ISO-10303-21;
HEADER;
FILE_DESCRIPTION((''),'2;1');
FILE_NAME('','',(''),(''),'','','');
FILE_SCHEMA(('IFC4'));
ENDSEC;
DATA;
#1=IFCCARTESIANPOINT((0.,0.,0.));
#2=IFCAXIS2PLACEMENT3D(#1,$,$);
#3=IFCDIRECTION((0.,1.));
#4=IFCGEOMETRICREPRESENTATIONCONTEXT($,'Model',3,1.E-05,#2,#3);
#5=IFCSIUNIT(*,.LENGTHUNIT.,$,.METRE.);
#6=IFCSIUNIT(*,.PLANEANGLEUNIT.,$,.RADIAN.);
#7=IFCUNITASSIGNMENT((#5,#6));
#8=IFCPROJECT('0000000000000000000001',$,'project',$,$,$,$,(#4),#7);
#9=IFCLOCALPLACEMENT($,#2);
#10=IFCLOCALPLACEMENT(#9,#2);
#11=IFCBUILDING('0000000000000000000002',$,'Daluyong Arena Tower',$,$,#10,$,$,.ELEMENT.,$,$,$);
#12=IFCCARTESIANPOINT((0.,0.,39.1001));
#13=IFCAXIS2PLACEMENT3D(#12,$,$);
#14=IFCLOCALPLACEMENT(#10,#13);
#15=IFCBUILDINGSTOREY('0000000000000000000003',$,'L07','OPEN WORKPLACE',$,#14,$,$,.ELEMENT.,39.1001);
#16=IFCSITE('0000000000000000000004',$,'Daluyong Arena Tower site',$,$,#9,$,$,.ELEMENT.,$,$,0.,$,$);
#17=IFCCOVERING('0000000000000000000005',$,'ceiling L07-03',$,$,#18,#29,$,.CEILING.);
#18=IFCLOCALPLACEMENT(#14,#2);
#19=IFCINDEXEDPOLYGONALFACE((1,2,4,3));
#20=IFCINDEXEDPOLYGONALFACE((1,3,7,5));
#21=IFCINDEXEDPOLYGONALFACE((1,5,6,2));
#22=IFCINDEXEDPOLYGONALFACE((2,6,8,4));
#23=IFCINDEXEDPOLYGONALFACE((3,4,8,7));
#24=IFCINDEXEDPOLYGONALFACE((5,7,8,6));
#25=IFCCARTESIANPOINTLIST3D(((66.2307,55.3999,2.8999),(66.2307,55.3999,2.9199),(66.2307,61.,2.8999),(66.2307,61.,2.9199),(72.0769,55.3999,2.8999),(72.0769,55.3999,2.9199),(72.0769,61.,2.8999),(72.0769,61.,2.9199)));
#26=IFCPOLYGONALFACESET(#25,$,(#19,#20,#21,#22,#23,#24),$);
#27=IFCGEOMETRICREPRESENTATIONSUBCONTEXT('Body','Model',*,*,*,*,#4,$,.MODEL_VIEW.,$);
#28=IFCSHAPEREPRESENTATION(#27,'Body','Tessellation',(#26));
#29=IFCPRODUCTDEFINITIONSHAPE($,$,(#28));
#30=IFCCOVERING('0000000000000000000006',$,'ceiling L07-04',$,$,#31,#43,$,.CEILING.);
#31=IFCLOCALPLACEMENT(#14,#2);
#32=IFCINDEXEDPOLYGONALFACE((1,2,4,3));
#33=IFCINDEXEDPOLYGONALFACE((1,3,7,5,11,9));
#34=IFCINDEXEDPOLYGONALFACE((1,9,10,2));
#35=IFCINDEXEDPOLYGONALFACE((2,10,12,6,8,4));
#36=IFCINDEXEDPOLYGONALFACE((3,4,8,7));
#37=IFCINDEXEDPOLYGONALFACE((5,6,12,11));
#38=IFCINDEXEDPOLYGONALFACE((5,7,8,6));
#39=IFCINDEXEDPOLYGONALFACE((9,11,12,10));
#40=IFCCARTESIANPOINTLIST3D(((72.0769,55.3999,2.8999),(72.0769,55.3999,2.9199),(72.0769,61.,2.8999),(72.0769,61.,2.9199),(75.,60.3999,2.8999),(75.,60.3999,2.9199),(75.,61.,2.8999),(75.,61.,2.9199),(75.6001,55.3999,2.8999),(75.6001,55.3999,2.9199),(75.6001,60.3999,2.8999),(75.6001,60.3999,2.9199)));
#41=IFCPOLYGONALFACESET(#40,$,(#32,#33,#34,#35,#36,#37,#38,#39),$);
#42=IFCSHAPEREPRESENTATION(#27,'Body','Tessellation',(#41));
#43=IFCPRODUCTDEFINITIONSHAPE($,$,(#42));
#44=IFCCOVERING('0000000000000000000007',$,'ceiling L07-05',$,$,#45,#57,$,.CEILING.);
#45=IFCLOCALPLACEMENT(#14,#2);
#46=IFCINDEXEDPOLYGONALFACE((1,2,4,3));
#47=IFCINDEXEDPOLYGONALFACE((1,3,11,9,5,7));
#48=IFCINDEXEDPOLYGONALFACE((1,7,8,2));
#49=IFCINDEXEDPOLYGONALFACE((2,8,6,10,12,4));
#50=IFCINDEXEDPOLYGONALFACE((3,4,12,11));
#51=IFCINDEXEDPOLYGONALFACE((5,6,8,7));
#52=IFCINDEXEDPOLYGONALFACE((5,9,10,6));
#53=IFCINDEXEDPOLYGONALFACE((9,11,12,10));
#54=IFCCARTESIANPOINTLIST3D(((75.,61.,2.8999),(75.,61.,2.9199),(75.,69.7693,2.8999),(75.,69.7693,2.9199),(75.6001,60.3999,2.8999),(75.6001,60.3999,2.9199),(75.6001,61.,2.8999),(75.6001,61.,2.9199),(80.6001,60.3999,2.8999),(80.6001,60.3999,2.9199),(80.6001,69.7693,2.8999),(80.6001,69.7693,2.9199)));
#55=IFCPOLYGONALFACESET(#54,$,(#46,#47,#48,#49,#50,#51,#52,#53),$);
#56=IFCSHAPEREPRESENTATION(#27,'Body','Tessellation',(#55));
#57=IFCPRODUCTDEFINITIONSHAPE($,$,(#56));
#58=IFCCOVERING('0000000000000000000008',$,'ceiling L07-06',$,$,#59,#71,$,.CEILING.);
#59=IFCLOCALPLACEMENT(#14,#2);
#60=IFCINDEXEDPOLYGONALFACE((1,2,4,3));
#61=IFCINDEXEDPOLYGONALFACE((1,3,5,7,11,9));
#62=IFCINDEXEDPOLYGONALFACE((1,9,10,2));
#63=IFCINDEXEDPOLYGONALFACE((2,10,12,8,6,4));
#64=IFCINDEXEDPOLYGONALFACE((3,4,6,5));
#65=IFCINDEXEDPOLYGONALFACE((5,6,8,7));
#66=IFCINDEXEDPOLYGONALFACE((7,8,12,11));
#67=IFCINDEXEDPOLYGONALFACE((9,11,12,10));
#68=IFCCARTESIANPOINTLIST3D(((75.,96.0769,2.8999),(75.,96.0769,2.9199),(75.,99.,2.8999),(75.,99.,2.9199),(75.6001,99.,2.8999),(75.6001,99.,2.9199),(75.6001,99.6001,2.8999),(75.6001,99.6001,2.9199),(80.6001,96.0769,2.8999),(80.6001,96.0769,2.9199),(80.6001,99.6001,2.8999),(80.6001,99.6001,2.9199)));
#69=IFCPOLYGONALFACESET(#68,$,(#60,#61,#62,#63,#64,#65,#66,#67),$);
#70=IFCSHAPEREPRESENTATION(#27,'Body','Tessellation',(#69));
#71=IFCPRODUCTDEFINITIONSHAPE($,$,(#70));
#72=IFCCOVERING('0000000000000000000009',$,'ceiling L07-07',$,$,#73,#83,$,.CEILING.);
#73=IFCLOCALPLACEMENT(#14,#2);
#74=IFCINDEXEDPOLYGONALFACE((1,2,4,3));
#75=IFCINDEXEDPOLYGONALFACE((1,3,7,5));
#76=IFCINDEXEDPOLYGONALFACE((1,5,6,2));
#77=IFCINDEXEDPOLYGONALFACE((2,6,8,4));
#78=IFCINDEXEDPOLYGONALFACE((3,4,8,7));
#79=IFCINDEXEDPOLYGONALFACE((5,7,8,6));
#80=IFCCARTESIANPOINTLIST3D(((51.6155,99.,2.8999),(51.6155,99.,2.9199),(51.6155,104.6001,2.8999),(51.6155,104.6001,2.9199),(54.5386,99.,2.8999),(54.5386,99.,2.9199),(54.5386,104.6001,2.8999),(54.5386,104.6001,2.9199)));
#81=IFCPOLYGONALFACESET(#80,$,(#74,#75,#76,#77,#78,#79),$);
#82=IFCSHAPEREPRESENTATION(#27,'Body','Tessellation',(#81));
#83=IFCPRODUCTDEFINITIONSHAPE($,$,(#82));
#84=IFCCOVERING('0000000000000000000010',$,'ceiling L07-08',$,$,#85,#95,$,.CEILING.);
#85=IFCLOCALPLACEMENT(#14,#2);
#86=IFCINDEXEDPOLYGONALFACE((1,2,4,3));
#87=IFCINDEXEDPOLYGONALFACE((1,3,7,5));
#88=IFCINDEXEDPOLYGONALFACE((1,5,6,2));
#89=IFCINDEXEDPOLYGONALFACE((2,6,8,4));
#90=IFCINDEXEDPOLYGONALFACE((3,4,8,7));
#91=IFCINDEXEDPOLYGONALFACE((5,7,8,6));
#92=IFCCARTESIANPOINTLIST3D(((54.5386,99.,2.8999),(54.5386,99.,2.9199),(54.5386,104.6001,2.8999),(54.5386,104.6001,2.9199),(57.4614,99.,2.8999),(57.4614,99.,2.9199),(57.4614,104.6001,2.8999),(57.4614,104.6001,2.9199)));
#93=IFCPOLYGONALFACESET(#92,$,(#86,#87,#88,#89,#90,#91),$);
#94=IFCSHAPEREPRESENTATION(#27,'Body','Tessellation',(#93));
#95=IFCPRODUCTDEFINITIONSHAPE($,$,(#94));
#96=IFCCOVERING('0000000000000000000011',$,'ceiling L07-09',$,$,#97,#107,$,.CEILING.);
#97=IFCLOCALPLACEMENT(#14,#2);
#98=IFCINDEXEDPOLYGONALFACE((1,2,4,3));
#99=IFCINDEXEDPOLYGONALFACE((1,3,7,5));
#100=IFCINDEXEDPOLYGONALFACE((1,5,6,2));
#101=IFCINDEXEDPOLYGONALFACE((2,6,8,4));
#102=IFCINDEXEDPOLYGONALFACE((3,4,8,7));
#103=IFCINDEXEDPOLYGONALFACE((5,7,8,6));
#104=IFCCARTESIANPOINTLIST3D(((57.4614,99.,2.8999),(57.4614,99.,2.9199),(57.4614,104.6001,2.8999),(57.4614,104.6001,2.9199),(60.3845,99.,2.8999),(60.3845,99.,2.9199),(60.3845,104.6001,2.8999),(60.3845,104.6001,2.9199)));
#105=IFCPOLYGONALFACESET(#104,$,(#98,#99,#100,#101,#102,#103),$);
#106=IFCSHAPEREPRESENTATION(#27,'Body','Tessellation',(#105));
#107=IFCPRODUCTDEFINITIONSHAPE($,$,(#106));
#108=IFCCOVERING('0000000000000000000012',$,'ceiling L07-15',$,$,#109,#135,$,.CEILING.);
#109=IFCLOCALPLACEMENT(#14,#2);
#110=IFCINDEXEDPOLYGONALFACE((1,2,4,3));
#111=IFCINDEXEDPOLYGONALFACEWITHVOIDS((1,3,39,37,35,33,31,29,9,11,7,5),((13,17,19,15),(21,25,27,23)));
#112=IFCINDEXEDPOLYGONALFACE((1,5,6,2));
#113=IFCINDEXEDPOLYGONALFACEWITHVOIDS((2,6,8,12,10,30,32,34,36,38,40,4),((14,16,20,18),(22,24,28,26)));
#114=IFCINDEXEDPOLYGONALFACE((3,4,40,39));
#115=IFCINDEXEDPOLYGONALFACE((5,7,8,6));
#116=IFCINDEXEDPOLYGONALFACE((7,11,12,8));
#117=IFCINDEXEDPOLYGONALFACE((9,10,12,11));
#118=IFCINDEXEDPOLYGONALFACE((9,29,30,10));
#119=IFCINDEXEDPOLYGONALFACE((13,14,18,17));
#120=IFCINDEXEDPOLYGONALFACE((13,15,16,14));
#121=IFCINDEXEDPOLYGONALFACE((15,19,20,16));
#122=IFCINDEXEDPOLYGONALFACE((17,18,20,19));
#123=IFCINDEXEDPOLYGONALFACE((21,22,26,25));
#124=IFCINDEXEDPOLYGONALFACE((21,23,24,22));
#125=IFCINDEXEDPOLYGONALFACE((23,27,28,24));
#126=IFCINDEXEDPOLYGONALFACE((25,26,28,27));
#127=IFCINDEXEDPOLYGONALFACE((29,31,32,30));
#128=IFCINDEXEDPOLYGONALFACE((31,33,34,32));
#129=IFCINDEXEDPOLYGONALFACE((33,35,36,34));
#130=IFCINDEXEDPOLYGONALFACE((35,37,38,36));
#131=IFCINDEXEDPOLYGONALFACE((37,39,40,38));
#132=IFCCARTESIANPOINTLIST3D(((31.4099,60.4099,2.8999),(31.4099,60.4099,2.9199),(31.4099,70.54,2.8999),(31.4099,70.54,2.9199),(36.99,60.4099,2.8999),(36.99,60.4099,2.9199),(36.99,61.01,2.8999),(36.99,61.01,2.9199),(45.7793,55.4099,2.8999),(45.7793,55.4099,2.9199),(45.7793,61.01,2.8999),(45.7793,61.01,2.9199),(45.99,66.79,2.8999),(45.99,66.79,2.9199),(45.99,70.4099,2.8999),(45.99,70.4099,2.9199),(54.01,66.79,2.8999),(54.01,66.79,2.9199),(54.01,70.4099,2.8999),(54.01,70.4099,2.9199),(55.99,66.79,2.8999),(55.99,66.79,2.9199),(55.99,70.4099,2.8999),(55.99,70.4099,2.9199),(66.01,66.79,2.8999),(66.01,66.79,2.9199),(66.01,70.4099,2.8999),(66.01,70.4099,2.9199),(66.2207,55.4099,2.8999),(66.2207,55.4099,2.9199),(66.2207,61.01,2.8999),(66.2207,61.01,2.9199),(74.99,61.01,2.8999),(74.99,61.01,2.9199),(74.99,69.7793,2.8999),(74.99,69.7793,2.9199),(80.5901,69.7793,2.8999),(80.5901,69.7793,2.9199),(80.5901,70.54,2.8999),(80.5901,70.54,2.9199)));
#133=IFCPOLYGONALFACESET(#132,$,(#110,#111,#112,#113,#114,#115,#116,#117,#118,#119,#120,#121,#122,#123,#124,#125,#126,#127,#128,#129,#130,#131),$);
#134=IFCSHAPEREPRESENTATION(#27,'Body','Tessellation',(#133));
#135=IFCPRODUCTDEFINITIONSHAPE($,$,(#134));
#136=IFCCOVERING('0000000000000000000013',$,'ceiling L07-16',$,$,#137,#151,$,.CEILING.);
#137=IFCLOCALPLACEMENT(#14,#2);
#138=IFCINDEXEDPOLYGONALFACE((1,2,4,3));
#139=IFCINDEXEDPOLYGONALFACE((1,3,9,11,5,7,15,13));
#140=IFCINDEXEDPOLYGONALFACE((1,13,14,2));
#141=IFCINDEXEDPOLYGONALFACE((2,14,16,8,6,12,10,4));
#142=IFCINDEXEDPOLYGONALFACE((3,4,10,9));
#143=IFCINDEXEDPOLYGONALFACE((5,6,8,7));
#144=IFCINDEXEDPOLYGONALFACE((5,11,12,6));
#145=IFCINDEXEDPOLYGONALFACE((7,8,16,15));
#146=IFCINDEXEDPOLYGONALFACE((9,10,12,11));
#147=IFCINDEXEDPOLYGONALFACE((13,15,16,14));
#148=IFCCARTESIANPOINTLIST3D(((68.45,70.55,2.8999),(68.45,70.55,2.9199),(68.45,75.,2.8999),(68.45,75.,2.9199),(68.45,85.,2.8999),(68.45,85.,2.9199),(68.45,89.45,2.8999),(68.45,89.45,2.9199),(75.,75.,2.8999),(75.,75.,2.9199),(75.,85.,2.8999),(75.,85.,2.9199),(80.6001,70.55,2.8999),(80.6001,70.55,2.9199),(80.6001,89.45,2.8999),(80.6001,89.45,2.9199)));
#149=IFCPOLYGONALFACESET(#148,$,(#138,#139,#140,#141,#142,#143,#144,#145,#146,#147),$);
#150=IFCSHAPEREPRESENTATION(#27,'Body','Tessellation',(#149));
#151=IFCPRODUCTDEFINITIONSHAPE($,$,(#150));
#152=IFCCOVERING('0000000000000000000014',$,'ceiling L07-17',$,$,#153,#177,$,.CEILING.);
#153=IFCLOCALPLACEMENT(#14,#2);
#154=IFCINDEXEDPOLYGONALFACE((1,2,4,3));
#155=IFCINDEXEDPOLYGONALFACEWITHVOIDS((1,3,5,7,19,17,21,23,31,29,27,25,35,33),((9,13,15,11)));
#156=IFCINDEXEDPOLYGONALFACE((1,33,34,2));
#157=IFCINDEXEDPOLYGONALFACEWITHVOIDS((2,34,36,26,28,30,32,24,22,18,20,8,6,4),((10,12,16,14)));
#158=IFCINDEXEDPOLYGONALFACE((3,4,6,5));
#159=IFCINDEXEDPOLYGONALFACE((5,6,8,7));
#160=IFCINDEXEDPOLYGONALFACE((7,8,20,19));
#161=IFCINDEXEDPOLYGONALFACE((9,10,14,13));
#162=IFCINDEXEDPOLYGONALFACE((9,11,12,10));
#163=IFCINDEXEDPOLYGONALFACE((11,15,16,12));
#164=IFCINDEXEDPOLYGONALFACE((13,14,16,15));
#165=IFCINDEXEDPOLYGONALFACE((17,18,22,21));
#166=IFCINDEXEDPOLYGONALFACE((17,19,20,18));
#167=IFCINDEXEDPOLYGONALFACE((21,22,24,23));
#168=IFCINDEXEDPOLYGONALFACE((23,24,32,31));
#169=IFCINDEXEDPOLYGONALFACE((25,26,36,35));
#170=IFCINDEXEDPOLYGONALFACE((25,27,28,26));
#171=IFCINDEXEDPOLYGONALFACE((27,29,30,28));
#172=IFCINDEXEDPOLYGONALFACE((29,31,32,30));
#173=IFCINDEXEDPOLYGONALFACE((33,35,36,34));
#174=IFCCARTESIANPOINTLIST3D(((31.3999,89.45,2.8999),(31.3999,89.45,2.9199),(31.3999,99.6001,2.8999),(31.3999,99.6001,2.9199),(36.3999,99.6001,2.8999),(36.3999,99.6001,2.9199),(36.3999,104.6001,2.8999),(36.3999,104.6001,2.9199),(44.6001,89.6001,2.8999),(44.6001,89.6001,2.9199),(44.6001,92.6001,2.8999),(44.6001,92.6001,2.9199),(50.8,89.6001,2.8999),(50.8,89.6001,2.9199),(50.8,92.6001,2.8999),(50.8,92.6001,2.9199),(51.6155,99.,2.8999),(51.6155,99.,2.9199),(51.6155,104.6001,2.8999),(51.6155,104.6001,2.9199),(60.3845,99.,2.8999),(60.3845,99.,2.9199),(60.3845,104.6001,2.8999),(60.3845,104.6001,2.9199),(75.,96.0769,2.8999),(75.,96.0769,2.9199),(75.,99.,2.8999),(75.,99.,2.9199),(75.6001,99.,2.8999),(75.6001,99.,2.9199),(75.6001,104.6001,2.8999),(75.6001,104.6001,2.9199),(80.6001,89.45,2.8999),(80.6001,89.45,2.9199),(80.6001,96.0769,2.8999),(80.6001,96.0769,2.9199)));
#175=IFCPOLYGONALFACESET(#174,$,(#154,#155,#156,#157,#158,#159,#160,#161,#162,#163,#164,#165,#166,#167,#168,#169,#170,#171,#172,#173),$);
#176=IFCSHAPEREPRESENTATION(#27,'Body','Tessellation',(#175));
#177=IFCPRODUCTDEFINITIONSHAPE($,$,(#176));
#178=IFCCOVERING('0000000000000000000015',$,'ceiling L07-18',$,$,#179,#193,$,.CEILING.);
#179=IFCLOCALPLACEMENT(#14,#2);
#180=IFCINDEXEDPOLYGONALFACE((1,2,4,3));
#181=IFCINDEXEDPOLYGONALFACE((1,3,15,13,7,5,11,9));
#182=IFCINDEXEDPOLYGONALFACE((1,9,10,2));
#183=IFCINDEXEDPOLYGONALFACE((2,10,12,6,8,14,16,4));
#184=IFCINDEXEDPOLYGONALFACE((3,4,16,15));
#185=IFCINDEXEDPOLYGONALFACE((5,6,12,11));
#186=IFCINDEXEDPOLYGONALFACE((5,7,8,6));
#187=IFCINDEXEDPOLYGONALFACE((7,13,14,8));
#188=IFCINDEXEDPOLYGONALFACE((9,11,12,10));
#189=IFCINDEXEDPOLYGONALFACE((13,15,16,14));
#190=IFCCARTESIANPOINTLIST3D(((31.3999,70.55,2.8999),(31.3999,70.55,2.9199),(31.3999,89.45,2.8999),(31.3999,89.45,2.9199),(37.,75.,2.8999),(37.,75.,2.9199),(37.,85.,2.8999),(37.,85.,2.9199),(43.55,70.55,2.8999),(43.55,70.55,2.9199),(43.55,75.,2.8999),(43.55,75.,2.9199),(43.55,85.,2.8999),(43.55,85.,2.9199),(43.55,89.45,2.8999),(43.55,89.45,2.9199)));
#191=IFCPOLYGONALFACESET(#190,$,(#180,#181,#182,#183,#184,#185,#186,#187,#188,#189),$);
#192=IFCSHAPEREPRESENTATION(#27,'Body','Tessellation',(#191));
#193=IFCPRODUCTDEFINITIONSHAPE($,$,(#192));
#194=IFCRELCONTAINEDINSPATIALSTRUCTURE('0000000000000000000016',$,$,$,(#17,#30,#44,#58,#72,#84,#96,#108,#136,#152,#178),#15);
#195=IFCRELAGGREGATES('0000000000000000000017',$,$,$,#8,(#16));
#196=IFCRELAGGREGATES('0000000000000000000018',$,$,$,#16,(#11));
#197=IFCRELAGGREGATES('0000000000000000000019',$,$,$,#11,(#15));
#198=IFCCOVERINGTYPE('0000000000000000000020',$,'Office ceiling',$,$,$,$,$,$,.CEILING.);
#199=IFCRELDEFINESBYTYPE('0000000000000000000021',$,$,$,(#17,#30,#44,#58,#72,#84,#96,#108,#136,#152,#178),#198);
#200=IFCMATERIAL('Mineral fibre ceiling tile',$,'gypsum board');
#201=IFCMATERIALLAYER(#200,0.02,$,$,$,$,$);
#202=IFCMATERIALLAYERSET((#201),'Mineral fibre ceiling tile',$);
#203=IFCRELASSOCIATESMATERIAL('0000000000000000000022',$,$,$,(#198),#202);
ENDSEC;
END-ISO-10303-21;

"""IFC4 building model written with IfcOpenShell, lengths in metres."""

from ifc_helpers import new_model, si_unit, direction, frame, origin, place, context, subcontext, project, spatial, polyline, outline, extrude, material, layer, layer_set, type_object, element, save


model = new_model("IFC4")

# Units and contexts
model_context = context("Model", 3, precision=1e-05, world=origin(), true_north=direction((0.0, 1.0)))
body_context = subcontext(model_context, "Body", "Model", "MODEL_VIEW")
ifc_project = project(units=[si_unit("LENGTHUNIT", "METRE"), si_unit("PLANEANGLEUNIT", "RADIAN")], contexts=[model_context])

# Site, building, storey
site_placement = place(None, origin())
site = spatial("IfcSite", under=ifc_project, at=site_placement, Name="Daluyong Arena Tower site", CompositionType="ELEMENT", RefElevation=0.0)
building_placement = place(site_placement, origin())
building = spatial("IfcBuilding", under=site, at=building_placement, Name="Daluyong Arena Tower", CompositionType="ELEMENT")
storey_placement = place(building_placement, frame((0.0, 0.0, 39.1001)))
storey = spatial("IfcBuildingStorey", under=building, at=storey_placement, Name="L07", Description="OPEN WORKPLACE", CompositionType="ELEMENT", Elevation=39.1001)

# Coverings
ifc_material_1 = material(Name="Mineral fibre ceiling tile", Category="gypsum board")
ifc_layer_1 = layer(ifc_material_1, 0.02)
ifc_layer_set_1 = layer_set([ifc_layer_1], Name="Mineral fibre ceiling tile")
covering_type = type_object("IfcCoveringType", Name="Office ceiling", PredefinedType="CEILING", material=ifc_layer_set_1)
covering_1_placement = place(storey_placement, frame((0.0, 0.0, 2.8999)))
element("IfcCovering", 1, at=covering_1_placement, inside=storey, type_object=covering_type, Name="ceiling L07-03", PredefinedType="CEILING", context=body_context, shape_type="SweptSolid", body=[
    extrude(outline(polyline([(66.2307, 61.0), (66.2307, 55.3999), (72.0769, 55.3999), (72.0769, 61.0), (66.2307, 61.0)])), origin(), (0.0, 0.0, 1.0), 0.02),
])
covering_2_placement = place(storey_placement, frame((0.0, 0.0, 2.8999)))
element("IfcCovering", 2, at=covering_2_placement, inside=storey, type_object=covering_type, Name="ceiling L07-04", PredefinedType="CEILING", context=body_context, shape_type="SweptSolid", body=[
    extrude(outline(polyline([(75.6001, 55.3999), (75.6001, 60.3999), (75.0, 60.3999), (75.0, 61.0), (72.0769, 61.0), (72.0769, 55.3999), (75.6001, 55.3999)])), origin(), (0.0, 0.0, 1.0), 0.02),
])
covering_3_placement = place(storey_placement, frame((0.0, 0.0, 2.8999)))
element("IfcCovering", 3, at=covering_3_placement, inside=storey, type_object=covering_type, Name="ceiling L07-05", PredefinedType="CEILING", context=body_context, shape_type="SweptSolid", body=[
    extrude(outline(polyline([(75.6001, 60.3999), (80.6001, 60.3999), (80.6001, 69.7693), (75.0, 69.7693), (75.0, 61.0), (75.6001, 61.0), (75.6001, 60.3999)])), origin(), (0.0, 0.0, 1.0), 0.02),
])
covering_4_placement = place(storey_placement, frame((0.0, 0.0, 2.8999)))
element("IfcCovering", 4, at=covering_4_placement, inside=storey, type_object=covering_type, Name="ceiling L07-06", PredefinedType="CEILING", context=body_context, shape_type="SweptSolid", body=[
    extrude(outline(polyline([(75.0, 96.0769), (80.6001, 96.0769), (80.6001, 99.6001), (75.6001, 99.6001), (75.6001, 99.0), (75.0, 99.0), (75.0, 96.0769)])), origin(), (0.0, 0.0, 1.0), 0.02),
])
covering_5_placement = place(storey_placement, frame((0.0, 0.0, 2.8999)))
element("IfcCovering", 5, at=covering_5_placement, inside=storey, type_object=covering_type, Name="ceiling L07-07", PredefinedType="CEILING", context=body_context, shape_type="SweptSolid", body=[
    extrude(outline(polyline([(54.5386, 99.0), (54.5386, 104.6001), (51.6155, 104.6001), (51.6155, 99.0), (54.5386, 99.0)])), origin(), (0.0, 0.0, 1.0), 0.02),
])
covering_6_placement = place(storey_placement, frame((0.0, 0.0, 2.8999)))
element("IfcCovering", 6, at=covering_6_placement, inside=storey, type_object=covering_type, Name="ceiling L07-08", PredefinedType="CEILING", context=body_context, shape_type="SweptSolid", body=[
    extrude(outline(polyline([(57.4614, 99.0), (57.4614, 104.6001), (54.5386, 104.6001), (54.5386, 99.0), (57.4614, 99.0)])), origin(), (0.0, 0.0, 1.0), 0.02),
])
covering_7_placement = place(storey_placement, frame((0.0, 0.0, 2.8999)))
element("IfcCovering", 7, at=covering_7_placement, inside=storey, type_object=covering_type, Name="ceiling L07-09", PredefinedType="CEILING", context=body_context, shape_type="SweptSolid", body=[
    extrude(outline(polyline([(60.3845, 99.0), (60.3845, 104.6001), (57.4614, 104.6001), (57.4614, 99.0), (60.3845, 99.0)])), origin(), (0.0, 0.0, 1.0), 0.02),
])
covering_8_placement = place(storey_placement, frame((0.0, 0.0, 2.8999)))
element("IfcCovering", 8, at=covering_8_placement, inside=storey, type_object=covering_type, Name="ceiling L07-15", PredefinedType="CEILING", context=body_context, shape_type="SweptSolid", body=[
    extrude(outline(polyline([(74.99, 61.01), (74.99, 69.7793), (80.5901, 69.7793), (80.5901, 70.54), (31.4099, 70.54), (31.4099, 60.4099), (36.99, 60.4099), (36.99, 61.01), (45.7793, 61.01), (45.7793, 55.4099), (66.2207, 55.4099), (66.2207, 61.01), (74.99, 61.01)]), holes=[polyline([(66.01, 70.4099), (66.01, 66.79), (55.99, 66.79), (55.99, 70.4099), (66.01, 70.4099)]), polyline([(54.01, 66.79), (45.99, 66.79), (45.99, 70.4099), (54.01, 70.4099), (54.01, 66.79)])]), origin(), (0.0, 0.0, 1.0), 0.02),
])
covering_9_placement = place(storey_placement, frame((0.0, 0.0, 2.8999)))
element("IfcCovering", 9, at=covering_9_placement, inside=storey, type_object=covering_type, Name="ceiling L07-16", PredefinedType="CEILING", context=body_context, shape_type="SweptSolid", body=[
    extrude(outline(polyline([(80.6001, 70.55), (80.6001, 89.45), (68.45, 89.45), (68.45, 85.0), (75.0, 85.0), (75.0, 75.0), (68.45, 75.0), (68.45, 70.55), (80.6001, 70.55)])), origin(), (0.0, 0.0, 1.0), 0.02),
])
covering_10_placement = place(storey_placement, frame((0.0, 0.0, 2.8999)))
element("IfcCovering", 10, at=covering_10_placement, inside=storey, type_object=covering_type, Name="ceiling L07-17", PredefinedType="CEILING", context=body_context, shape_type="SweptSolid", body=[
    extrude(outline(polyline([(36.3999, 104.6001), (36.3999, 99.6001), (31.3999, 99.6001), (31.3999, 89.45), (80.6001, 89.45), (80.6001, 96.0769), (75.0, 96.0769), (75.0, 99.0), (75.6001, 99.0), (75.6001, 104.6001), (60.3845, 104.6001), (60.3845, 99.0), (51.6155, 99.0), (51.6155, 104.6001), (36.3999, 104.6001)]), holes=[polyline([(50.8, 89.6001), (44.6001, 89.6001), (44.6001, 92.6001), (50.8, 92.6001), (50.8, 89.6001)])]), origin(), (0.0, 0.0, 1.0), 0.02),
])
covering_11_placement = place(storey_placement, frame((0.0, 0.0, 2.8999)))
element("IfcCovering", 11, at=covering_11_placement, inside=storey, type_object=covering_type, Name="ceiling L07-18", PredefinedType="CEILING", context=body_context, shape_type="SweptSolid", body=[
    extrude(outline(polyline([(31.3999, 89.45), (31.3999, 70.55), (43.55, 70.55), (43.55, 75.0), (37.0, 75.0), (37.0, 85.0), (43.55, 85.0), (43.55, 89.45), (31.3999, 89.45)])), origin(), (0.0, 0.0, 1.0), 0.02),
])

save(model, "model.ifc")
